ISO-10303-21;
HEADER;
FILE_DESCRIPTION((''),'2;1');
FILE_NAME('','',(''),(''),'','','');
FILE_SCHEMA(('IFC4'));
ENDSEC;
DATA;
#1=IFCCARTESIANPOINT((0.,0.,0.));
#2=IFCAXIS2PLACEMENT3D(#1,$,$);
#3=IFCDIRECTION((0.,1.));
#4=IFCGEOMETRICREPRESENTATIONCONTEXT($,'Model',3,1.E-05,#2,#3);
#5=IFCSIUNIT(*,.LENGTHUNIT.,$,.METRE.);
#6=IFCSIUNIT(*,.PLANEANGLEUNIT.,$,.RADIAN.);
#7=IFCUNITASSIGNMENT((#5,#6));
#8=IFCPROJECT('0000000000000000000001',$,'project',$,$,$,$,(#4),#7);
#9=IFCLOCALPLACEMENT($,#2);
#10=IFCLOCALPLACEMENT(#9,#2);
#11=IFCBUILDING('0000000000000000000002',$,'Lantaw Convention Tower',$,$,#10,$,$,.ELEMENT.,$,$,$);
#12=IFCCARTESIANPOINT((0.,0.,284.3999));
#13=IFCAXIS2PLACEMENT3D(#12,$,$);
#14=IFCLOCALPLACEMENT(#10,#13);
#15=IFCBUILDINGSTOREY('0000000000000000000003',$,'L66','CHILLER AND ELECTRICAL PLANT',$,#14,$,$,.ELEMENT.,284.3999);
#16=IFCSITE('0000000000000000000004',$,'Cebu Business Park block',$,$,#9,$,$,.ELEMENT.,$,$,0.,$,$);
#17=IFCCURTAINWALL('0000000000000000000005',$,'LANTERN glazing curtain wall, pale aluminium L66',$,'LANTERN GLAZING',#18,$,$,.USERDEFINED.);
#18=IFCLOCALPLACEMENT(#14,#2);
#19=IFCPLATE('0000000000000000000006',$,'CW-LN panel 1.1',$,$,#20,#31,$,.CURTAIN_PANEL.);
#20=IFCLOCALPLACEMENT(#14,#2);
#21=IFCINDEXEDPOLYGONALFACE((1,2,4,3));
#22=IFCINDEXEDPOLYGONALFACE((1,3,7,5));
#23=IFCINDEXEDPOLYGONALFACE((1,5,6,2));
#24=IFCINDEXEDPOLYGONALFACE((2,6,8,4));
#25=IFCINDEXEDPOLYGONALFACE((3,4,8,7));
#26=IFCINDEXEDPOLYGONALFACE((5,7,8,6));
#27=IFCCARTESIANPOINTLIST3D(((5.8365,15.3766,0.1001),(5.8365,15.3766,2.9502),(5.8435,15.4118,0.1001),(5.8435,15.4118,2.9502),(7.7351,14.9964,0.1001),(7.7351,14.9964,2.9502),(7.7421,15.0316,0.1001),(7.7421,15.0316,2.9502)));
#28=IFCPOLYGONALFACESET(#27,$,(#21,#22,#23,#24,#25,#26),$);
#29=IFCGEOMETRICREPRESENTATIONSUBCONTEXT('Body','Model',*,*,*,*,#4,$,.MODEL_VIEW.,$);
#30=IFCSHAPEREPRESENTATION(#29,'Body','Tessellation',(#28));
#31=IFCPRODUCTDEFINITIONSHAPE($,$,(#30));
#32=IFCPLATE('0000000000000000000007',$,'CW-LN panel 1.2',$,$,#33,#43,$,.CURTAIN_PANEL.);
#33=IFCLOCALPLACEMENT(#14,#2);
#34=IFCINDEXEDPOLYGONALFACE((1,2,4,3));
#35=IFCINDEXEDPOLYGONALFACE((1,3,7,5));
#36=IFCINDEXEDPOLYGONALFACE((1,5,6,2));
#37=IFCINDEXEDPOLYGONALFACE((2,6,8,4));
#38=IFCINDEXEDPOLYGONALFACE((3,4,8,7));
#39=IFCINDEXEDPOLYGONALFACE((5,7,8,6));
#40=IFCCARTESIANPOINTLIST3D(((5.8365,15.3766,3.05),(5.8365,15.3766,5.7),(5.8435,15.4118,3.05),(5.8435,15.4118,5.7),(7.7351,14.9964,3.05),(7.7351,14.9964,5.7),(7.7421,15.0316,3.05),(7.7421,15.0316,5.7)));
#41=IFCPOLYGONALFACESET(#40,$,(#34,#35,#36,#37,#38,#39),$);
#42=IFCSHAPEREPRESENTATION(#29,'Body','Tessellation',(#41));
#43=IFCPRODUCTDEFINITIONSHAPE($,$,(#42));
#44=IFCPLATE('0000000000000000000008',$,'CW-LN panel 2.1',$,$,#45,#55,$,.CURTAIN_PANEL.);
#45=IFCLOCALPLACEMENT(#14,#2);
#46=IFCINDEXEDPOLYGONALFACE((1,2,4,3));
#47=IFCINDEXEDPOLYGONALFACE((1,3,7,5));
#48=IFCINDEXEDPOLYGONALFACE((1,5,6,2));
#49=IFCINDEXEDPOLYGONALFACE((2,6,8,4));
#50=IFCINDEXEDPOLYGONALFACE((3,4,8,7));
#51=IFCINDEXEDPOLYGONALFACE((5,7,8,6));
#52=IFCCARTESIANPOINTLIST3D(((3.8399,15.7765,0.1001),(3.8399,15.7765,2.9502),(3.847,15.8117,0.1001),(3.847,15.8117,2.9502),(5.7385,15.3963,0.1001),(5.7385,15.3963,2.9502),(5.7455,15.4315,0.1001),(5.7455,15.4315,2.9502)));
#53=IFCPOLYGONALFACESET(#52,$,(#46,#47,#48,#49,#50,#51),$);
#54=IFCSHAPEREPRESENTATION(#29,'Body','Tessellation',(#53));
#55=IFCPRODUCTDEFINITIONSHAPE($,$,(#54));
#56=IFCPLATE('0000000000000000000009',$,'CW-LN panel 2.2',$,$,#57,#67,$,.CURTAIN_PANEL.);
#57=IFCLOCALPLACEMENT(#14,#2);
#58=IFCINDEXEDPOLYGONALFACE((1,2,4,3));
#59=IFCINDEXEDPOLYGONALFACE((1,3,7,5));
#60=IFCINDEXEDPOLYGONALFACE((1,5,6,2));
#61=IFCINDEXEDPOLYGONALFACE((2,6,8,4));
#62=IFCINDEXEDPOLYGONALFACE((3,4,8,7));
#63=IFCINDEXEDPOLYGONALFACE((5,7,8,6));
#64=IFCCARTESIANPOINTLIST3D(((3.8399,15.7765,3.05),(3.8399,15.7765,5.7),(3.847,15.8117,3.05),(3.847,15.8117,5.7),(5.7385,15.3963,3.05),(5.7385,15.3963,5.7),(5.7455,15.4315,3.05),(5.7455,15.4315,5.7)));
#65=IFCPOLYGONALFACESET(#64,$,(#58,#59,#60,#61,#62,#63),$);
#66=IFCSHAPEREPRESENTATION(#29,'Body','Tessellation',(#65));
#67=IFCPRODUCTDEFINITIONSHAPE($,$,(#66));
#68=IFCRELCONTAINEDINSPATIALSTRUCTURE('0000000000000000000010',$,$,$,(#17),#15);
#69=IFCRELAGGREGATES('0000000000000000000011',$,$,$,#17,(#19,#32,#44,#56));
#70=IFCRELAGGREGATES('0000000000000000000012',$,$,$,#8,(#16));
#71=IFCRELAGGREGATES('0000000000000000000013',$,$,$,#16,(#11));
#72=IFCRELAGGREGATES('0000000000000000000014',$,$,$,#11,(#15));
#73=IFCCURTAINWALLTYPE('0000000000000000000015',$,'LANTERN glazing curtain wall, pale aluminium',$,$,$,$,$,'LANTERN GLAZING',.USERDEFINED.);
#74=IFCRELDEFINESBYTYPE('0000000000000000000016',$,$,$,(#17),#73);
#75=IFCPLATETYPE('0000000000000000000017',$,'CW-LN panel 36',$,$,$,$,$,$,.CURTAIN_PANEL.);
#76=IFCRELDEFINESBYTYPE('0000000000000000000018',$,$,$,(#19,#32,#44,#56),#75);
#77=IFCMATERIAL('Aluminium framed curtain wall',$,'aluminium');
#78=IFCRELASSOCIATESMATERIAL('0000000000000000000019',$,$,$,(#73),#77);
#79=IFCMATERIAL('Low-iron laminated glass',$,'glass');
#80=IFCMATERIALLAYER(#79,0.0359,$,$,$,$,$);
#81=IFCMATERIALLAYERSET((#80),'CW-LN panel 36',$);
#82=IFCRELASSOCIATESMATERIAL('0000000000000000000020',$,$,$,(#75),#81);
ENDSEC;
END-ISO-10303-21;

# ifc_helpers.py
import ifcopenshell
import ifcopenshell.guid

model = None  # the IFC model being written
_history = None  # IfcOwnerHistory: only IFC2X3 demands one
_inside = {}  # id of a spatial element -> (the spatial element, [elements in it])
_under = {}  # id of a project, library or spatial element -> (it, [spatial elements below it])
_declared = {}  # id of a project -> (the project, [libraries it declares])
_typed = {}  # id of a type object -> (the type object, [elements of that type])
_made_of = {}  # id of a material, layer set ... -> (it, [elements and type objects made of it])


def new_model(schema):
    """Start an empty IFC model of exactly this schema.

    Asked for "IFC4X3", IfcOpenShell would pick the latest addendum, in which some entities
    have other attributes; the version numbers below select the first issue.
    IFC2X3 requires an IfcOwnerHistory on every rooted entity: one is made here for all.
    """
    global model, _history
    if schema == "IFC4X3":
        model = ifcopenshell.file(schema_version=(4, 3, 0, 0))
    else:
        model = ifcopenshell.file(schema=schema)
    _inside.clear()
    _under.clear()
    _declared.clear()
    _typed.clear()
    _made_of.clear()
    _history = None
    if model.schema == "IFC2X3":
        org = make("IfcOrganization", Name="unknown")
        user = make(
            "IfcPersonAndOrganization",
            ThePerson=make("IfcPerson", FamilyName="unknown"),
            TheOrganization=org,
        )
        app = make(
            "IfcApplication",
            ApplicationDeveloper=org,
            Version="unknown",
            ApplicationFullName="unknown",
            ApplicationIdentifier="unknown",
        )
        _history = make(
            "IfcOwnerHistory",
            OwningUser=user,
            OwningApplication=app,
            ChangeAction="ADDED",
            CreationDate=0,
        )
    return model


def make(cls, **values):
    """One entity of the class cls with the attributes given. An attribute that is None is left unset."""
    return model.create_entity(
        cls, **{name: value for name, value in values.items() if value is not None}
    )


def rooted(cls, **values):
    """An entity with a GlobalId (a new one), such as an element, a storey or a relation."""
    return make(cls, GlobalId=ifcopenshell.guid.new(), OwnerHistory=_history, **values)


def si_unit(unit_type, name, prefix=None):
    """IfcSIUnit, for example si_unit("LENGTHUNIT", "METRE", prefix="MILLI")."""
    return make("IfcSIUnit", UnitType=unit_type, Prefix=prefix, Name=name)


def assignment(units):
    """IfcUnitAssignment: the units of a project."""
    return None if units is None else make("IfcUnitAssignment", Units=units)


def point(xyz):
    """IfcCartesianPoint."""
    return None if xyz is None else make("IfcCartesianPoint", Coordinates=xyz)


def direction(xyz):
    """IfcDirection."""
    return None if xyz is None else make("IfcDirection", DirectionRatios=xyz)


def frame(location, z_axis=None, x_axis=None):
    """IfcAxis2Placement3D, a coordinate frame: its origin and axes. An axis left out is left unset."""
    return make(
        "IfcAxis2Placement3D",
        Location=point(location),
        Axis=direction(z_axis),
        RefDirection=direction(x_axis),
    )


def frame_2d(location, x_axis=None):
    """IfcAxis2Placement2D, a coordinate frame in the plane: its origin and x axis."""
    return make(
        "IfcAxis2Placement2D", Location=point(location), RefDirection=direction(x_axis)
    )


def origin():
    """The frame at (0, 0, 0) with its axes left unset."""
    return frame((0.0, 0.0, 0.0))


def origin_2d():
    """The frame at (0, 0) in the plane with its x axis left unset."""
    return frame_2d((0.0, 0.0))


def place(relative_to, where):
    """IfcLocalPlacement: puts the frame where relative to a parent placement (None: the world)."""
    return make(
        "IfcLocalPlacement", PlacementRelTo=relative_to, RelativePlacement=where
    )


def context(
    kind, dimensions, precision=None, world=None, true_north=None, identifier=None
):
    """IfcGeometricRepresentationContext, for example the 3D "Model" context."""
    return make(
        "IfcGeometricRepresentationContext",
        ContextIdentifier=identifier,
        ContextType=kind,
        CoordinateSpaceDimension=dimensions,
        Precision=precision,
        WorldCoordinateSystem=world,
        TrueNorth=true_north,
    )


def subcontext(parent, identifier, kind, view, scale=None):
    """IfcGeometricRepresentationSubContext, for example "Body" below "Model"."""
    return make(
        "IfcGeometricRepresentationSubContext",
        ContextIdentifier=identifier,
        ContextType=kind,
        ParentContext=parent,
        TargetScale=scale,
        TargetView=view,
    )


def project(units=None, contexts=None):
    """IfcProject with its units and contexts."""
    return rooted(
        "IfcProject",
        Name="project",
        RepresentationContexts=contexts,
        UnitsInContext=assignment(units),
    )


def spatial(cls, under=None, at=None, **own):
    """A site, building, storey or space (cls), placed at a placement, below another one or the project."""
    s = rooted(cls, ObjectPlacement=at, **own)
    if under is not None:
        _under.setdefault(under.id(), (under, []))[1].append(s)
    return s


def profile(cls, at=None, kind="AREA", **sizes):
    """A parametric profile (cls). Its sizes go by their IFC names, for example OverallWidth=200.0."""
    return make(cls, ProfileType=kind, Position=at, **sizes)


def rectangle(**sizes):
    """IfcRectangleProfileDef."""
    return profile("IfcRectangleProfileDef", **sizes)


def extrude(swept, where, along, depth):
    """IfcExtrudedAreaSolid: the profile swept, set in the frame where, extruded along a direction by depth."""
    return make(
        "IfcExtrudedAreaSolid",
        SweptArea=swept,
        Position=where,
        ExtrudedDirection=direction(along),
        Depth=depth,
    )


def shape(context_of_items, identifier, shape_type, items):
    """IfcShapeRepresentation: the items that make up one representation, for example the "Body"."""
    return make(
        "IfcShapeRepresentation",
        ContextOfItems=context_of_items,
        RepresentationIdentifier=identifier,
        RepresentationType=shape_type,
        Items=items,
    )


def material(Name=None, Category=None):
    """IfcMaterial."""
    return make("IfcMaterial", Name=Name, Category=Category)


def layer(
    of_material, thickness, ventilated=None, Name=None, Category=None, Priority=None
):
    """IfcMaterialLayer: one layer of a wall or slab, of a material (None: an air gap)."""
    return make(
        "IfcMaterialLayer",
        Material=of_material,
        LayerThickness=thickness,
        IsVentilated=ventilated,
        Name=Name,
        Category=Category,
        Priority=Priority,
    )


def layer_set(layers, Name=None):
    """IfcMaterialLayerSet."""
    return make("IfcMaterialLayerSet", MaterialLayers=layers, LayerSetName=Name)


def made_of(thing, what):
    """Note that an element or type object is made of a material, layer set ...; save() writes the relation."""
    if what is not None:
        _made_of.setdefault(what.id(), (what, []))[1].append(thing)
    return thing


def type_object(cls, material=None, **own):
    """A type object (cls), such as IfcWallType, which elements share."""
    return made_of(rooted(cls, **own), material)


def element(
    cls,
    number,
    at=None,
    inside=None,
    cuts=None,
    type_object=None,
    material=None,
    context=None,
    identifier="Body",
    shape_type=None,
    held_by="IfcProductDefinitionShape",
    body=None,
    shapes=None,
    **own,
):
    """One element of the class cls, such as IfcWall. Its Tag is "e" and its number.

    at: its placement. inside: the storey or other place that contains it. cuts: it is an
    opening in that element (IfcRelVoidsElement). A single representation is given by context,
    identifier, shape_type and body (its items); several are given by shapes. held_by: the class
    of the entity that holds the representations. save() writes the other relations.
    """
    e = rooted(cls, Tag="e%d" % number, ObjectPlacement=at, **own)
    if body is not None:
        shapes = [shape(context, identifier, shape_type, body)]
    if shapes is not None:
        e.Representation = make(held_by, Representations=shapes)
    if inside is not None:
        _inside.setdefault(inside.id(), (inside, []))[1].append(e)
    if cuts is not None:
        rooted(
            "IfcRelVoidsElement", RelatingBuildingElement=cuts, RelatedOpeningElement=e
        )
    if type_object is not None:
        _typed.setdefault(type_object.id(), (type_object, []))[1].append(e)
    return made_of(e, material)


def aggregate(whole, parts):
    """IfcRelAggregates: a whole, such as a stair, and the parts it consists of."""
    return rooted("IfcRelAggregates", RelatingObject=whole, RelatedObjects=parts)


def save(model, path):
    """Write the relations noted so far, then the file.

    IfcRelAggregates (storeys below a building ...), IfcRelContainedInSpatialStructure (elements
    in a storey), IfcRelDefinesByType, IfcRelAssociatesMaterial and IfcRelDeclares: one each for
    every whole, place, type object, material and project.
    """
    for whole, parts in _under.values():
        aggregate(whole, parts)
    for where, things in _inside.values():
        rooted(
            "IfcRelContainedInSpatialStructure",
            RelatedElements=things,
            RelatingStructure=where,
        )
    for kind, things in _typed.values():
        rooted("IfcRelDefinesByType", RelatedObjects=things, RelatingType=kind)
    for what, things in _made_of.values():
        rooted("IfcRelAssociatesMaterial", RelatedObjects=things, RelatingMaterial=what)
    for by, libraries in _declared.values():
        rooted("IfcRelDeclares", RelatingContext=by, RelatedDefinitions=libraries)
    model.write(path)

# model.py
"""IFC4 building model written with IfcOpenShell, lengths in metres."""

from ifc_helpers import new_model, si_unit, direction, frame, origin, origin_2d, place, context, subcontext, project, spatial, rectangle, extrude, material, layer, layer_set, type_object, element, aggregate, save


model = new_model("IFC4")

# Units and contexts
model_context = context("Model", 3, precision=1e-05, world=origin(), true_north=direction((0.0, 1.0)))
body_context = subcontext(model_context, "Body", "Model", "MODEL_VIEW")
ifc_project = project(units=[si_unit("LENGTHUNIT", "METRE"), si_unit("PLANEANGLEUNIT", "RADIAN")], contexts=[model_context])

# Site, building, storey
site_placement = place(None, origin())
site = spatial("IfcSite", under=ifc_project, at=site_placement, Name="Cebu Business Park block", CompositionType="ELEMENT", RefElevation=0.0)
building_placement = place(site_placement, origin())
building = spatial("IfcBuilding", under=site, at=building_placement, Name="Lantaw Convention Tower", CompositionType="ELEMENT")
storey_placement = place(building_placement, frame((0.0, 0.0, 284.3999)))
storey = spatial("IfcBuildingStorey", under=building, at=storey_placement, Name="L66", Description="CHILLER AND ELECTRICAL PLANT", CompositionType="ELEMENT", Elevation=284.3999)

# Curtain wall
ifc_material_1 = material(Name="Aluminium framed curtain wall", Category="aluminium")
curtain_wall_type = type_object("IfcCurtainWallType", Name="LANTERN glazing curtain wall, pale aluminium", ElementType="LANTERN GLAZING", PredefinedType="USERDEFINED", material=ifc_material_1)
curtain_wall_1_placement = place(storey_placement, origin())
curtain_wall_1 = element("IfcCurtainWall", 1, at=curtain_wall_1_placement, inside=storey, type_object=curtain_wall_type, Name="LANTERN glazing curtain wall, pale aluminium L66", ObjectType="LANTERN GLAZING", PredefinedType="USERDEFINED")

# Plates
ifc_material_2 = material(Name="Low-iron laminated glass", Category="glass")
ifc_layer = layer(ifc_material_2, 0.0359)
ifc_layer_set = layer_set([ifc_layer], Name="CW-LN panel 36")
plate_type = type_object("IfcPlateType", Name="CW-LN panel 36", PredefinedType="CURTAIN_PANEL", material=ifc_layer_set)
plate_1_placement = place(storey_placement, frame((6.7893, 15.2041, 0.1001), z_axis=(0.0, 0.0, 1.0), x_axis=(-0.98053, 0.196367, 0.0)))
plate_1 = element("IfcPlate", 2, at=plate_1_placement, type_object=plate_type, Name="CW-LN panel 1.1", PredefinedType="CURTAIN_PANEL", context=body_context, shape_type="SweptSolid", body=[
    extrude(rectangle(XDim=1.9363, YDim=0.0359, at=origin_2d()), origin(), (0.0, 0.0, 1.0), 2.8501),
])
plate_2_placement = place(storey_placement, frame((6.7893, 15.2041, 3.05), z_axis=(0.0, 0.0, 1.0), x_axis=(-0.98053, 0.196367, 0.0)))
plate_2 = element("IfcPlate", 3, at=plate_2_placement, type_object=plate_type, Name="CW-LN panel 1.2", PredefinedType="CURTAIN_PANEL", context=body_context, shape_type="SweptSolid", body=[
    extrude(rectangle(XDim=1.9363, YDim=0.0359, at=origin_2d()), origin(), (0.0, 0.0, 1.0), 2.6499),
])
plate_3_placement = place(storey_placement, frame((4.7927, 15.604, 0.1001), z_axis=(0.0, 0.0, 1.0), x_axis=(-0.98053, 0.196367, 0.0)))
plate_3 = element("IfcPlate", 4, at=plate_3_placement, type_object=plate_type, Name="CW-LN panel 2.1", PredefinedType="CURTAIN_PANEL", context=body_context, shape_type="SweptSolid", body=[
    extrude(rectangle(XDim=1.9363, YDim=0.0359, at=origin_2d()), origin(), (0.0, 0.0, 1.0), 2.8501),
])
plate_4_placement = place(storey_placement, frame((4.7927, 15.604, 3.05), z_axis=(0.0, 0.0, 1.0), x_axis=(-0.98053, 0.196367, 0.0)))
plate_4 = element("IfcPlate", 5, at=plate_4_placement, type_object=plate_type, Name="CW-LN panel 2.2", PredefinedType="CURTAIN_PANEL", context=body_context, shape_type="SweptSolid", body=[
    extrude(rectangle(XDim=1.9363, YDim=0.0359, at=origin_2d()), origin(), (0.0, 0.0, 1.0), 2.6499),
])
aggregate(curtain_wall_1, [plate_1, plate_2, plate_3, plate_4])

save(model, "model.ifc")
